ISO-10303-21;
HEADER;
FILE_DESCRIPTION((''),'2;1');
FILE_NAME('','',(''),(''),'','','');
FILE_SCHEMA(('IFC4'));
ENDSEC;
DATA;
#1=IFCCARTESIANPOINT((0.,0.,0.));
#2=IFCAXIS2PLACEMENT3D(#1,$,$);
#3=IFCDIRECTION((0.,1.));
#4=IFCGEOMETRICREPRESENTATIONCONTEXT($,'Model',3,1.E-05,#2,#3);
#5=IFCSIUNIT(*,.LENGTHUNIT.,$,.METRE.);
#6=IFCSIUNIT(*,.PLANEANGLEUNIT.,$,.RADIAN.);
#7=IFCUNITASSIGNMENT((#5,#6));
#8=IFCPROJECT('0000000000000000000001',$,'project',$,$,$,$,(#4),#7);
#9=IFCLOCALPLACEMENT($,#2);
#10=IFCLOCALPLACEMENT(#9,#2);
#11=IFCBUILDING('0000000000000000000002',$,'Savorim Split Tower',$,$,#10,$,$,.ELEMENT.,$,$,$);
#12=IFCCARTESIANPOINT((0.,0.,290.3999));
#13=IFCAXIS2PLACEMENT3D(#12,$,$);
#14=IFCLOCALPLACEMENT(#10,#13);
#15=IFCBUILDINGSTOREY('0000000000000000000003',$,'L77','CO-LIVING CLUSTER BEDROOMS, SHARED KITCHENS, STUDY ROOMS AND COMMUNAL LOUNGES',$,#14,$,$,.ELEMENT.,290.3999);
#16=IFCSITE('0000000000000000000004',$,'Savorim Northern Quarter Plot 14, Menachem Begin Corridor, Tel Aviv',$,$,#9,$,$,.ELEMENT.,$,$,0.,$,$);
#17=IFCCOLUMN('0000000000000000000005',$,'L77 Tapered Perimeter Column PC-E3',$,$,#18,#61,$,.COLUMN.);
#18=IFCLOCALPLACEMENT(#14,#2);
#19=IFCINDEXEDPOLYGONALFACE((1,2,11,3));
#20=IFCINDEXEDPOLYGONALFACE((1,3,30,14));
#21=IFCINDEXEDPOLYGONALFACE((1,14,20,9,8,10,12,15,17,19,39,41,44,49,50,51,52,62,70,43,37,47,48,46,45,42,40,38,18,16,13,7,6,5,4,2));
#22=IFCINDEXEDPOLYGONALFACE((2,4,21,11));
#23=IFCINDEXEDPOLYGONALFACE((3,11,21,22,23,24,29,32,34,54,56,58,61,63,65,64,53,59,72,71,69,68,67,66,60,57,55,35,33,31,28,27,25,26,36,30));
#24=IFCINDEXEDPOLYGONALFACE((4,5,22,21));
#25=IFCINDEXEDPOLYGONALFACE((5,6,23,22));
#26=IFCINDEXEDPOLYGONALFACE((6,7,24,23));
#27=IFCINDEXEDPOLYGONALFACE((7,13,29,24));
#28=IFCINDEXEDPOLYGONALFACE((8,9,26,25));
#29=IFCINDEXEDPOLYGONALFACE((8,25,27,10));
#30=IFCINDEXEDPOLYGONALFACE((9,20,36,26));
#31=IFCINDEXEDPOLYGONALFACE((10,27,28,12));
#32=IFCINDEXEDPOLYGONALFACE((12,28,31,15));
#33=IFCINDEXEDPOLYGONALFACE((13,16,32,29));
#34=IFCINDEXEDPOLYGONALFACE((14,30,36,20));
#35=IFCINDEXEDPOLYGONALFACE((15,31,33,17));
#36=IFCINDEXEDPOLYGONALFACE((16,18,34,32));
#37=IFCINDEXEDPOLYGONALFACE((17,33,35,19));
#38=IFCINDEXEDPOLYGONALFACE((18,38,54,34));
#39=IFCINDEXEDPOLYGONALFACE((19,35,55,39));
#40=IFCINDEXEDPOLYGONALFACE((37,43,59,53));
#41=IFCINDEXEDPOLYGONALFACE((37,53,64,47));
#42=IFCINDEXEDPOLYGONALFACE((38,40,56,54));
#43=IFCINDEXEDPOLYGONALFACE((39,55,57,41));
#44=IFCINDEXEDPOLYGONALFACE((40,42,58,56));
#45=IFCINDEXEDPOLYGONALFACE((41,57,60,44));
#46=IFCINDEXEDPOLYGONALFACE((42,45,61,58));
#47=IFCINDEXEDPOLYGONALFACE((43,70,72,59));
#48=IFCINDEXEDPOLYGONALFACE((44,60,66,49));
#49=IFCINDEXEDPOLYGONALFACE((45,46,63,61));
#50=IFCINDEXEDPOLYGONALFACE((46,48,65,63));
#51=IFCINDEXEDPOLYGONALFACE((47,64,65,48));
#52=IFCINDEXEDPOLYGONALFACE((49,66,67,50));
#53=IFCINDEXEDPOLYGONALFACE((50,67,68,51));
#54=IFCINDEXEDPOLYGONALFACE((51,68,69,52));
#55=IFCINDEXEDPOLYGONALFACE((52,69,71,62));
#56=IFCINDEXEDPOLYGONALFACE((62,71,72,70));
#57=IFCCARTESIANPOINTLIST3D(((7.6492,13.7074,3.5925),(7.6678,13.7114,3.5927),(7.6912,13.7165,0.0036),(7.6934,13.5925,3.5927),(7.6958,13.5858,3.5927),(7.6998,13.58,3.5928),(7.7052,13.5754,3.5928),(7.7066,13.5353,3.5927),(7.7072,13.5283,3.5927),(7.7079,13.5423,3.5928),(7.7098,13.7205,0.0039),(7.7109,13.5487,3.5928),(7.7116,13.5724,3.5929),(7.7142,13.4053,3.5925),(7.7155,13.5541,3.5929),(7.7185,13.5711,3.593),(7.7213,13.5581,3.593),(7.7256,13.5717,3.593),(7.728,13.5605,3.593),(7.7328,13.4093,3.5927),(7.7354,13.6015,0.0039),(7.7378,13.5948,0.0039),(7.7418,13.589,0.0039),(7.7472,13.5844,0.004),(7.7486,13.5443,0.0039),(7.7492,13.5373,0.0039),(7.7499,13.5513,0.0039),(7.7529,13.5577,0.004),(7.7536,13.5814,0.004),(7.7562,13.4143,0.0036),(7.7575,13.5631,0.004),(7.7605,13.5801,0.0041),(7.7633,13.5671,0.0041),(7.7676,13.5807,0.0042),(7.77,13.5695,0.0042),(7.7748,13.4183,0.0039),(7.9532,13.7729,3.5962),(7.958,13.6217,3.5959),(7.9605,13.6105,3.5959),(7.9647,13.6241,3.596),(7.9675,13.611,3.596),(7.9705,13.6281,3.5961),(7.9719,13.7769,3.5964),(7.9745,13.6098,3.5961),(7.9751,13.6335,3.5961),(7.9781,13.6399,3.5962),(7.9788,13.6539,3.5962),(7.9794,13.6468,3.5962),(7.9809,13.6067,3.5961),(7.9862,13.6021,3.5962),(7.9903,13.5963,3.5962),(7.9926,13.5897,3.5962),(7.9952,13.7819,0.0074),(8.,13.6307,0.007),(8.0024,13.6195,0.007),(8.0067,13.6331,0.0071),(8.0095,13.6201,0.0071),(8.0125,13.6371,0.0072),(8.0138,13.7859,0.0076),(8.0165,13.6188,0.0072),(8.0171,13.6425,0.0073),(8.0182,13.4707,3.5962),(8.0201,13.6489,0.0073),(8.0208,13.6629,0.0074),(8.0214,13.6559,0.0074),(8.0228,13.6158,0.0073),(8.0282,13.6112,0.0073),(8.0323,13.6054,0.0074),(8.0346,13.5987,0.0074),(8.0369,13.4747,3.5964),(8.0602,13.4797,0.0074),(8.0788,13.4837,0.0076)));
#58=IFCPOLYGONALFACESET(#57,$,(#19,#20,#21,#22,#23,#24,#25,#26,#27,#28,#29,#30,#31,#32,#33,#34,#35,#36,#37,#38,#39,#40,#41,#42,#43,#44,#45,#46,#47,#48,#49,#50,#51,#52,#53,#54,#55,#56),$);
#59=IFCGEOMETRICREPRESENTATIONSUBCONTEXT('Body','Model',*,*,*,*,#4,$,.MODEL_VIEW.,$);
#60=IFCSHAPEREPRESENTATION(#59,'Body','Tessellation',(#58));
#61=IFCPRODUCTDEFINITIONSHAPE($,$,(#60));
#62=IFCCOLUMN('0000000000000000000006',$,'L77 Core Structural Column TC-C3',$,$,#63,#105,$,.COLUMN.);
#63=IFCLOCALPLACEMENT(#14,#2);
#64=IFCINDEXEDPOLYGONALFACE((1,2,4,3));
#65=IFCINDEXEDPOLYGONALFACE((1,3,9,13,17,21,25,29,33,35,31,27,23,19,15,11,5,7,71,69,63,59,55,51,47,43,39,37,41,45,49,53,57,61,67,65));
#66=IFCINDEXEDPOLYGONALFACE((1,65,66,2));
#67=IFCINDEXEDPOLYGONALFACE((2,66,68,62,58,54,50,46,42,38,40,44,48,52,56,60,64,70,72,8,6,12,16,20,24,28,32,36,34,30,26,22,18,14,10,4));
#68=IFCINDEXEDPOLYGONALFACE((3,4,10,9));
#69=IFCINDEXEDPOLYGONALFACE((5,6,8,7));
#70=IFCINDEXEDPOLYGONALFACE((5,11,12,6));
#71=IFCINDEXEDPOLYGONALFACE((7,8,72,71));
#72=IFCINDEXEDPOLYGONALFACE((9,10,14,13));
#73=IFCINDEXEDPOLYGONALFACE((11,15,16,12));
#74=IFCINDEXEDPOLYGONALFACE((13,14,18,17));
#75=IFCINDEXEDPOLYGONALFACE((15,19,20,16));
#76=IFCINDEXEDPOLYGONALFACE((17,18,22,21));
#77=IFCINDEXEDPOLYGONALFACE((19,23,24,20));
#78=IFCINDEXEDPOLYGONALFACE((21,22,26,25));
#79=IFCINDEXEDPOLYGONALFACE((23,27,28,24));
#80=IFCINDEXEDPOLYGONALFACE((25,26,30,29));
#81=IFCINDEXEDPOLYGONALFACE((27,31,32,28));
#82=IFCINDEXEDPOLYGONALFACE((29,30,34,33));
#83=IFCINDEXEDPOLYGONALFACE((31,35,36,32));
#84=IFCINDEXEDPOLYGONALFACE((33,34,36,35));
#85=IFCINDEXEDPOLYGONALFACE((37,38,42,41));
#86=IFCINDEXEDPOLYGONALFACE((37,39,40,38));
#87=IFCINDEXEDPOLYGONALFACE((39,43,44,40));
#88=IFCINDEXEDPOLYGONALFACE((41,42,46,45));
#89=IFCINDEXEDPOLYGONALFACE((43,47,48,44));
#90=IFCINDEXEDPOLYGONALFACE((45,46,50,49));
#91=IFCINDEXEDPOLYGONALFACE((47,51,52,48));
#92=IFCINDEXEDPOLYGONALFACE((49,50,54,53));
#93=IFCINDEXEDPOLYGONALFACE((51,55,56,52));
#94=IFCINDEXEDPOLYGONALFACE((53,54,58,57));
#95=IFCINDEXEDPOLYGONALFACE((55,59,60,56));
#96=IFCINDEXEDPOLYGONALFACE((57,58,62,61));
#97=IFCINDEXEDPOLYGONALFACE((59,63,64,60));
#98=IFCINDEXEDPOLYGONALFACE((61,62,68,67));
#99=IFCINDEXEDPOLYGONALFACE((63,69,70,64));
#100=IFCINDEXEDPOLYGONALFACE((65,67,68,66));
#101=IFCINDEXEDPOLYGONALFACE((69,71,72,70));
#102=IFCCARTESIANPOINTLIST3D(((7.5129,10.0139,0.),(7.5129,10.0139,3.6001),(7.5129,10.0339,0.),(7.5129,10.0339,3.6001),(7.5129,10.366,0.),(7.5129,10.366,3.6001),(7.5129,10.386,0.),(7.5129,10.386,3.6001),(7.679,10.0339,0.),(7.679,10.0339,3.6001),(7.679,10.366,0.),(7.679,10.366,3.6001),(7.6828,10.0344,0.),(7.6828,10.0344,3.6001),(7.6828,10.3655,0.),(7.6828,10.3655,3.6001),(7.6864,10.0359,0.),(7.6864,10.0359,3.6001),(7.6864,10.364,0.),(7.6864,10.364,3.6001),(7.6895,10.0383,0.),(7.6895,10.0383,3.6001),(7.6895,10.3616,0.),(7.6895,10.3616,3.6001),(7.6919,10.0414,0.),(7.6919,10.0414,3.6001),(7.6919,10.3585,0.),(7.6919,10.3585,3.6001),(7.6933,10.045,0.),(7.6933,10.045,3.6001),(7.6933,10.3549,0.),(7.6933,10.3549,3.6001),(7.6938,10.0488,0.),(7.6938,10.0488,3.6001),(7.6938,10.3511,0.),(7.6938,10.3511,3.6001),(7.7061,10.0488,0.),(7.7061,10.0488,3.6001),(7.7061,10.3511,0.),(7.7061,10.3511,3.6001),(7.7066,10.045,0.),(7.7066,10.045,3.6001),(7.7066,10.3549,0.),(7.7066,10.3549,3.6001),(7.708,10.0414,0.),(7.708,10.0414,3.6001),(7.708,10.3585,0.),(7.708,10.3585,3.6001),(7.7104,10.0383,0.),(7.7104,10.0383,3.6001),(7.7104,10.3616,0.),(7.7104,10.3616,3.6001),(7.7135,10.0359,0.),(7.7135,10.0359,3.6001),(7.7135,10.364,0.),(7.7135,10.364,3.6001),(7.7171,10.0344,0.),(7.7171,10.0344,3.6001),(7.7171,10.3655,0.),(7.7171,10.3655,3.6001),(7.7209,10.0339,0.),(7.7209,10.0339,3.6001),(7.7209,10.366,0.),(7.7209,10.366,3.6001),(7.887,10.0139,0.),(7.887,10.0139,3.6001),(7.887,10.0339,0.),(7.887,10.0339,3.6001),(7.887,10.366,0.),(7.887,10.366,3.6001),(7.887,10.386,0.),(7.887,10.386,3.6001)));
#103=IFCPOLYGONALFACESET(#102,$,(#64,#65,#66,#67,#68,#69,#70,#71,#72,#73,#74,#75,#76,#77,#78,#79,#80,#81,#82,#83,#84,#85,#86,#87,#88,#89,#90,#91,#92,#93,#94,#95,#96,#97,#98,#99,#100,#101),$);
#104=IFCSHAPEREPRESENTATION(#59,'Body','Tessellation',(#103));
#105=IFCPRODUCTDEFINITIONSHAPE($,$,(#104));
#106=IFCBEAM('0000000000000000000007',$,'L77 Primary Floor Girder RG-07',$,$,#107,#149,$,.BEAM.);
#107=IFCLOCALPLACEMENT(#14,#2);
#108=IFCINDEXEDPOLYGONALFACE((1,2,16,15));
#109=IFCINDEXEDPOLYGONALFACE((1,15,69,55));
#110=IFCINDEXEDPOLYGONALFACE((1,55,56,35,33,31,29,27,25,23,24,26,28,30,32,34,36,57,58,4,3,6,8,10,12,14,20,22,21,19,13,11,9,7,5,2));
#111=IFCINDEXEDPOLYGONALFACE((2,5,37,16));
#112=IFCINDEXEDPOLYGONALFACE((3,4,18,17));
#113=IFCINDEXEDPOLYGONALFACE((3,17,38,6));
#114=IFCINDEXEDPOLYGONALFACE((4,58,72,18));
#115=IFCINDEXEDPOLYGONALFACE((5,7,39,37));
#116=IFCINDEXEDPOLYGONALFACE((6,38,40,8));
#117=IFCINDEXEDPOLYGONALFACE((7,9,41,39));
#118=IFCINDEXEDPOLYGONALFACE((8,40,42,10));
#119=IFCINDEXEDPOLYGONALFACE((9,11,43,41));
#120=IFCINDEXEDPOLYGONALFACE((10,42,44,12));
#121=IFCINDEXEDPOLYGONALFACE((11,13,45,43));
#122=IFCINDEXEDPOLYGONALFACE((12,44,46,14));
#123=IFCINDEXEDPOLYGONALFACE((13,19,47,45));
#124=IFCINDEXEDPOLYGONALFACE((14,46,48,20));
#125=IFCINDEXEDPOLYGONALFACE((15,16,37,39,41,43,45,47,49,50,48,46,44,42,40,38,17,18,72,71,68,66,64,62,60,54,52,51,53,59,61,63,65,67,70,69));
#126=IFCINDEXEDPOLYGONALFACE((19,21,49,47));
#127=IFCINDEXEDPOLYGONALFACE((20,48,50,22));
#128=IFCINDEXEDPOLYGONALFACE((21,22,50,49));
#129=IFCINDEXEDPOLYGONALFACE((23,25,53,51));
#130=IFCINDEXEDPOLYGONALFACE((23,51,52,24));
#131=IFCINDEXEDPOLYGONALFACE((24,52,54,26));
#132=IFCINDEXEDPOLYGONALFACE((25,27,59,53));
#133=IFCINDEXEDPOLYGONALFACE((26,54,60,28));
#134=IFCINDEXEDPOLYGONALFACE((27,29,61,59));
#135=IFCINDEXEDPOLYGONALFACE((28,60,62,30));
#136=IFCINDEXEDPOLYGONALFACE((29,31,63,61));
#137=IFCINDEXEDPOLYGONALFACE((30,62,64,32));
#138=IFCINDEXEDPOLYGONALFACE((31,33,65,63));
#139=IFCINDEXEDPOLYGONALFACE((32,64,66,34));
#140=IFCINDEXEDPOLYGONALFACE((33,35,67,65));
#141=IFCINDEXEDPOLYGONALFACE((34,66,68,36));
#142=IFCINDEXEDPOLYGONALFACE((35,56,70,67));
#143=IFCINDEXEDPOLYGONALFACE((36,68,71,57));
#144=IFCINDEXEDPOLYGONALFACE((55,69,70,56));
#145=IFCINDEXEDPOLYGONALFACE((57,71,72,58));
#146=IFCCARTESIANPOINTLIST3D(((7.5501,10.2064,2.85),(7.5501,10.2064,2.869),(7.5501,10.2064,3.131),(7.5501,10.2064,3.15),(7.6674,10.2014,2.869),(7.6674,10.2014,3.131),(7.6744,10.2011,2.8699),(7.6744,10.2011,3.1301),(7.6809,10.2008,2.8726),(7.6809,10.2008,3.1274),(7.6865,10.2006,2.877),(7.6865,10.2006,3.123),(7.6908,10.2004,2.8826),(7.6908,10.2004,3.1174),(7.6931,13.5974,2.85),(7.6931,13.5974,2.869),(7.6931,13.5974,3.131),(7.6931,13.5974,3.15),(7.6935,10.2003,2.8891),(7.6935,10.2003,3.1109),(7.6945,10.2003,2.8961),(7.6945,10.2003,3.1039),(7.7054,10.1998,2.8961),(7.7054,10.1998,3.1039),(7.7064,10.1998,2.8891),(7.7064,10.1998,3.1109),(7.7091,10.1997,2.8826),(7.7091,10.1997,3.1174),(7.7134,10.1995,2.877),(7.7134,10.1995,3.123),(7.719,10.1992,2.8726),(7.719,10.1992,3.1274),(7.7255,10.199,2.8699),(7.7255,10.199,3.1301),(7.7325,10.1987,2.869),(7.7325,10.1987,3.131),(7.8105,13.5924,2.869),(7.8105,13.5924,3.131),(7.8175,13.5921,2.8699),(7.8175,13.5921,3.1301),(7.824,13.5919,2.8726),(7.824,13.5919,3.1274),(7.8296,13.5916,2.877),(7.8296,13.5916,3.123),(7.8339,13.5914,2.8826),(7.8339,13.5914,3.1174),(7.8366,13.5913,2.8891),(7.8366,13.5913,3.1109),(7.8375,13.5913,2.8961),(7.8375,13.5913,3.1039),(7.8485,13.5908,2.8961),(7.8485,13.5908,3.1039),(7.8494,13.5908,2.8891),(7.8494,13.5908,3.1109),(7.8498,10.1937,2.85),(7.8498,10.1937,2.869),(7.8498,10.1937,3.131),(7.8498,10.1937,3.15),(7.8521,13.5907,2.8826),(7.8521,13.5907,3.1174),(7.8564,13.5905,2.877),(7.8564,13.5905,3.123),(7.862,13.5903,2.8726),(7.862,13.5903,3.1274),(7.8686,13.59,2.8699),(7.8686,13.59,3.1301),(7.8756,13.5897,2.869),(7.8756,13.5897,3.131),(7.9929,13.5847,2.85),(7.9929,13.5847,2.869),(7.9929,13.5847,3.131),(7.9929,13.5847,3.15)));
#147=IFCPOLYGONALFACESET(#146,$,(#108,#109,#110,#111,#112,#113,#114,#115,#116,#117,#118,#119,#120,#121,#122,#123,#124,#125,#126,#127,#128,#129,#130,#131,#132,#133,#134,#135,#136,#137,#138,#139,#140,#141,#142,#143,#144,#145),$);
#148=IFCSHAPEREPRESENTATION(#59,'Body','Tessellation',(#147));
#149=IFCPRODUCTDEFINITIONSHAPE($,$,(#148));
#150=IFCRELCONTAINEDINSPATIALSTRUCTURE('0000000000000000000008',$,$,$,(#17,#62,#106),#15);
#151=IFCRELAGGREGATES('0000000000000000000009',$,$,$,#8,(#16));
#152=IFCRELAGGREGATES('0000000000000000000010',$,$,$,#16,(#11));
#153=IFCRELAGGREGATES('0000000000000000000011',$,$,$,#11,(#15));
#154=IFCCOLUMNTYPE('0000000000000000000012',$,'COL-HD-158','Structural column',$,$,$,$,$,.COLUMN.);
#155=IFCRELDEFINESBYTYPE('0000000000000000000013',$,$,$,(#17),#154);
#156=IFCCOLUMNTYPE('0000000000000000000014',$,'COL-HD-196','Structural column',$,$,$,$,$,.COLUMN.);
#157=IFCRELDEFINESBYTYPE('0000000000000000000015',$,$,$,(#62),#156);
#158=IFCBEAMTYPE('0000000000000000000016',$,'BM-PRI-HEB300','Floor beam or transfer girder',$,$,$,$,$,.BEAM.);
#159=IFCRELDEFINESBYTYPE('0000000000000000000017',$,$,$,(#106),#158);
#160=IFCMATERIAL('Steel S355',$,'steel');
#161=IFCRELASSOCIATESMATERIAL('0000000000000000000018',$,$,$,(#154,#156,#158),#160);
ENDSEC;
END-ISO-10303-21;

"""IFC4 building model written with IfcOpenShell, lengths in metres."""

from ifc_helpers import new_model, si_unit, direction, frame, origin, origin_2d, place, context, subcontext, project, spatial, i_section, extrude, material, material_profile, profile_set, type_object, element, save


model = new_model("IFC4")

# Units and contexts
model_context = context("Model", 3, precision=1e-05, world=origin(), true_north=direction((0.0, 1.0)))
body_context = subcontext(model_context, "Body", "Model", "MODEL_VIEW")
ifc_project = project(units=[si_unit("LENGTHUNIT", "METRE"), si_unit("PLANEANGLEUNIT", "RADIAN")], contexts=[model_context])

# Site, building, storey
site_placement = place(None, origin())
site = spatial("IfcSite", under=ifc_project, at=site_placement, Name="Savorim Northern Quarter Plot 14, Menachem Begin Corridor, Tel Aviv", CompositionType="ELEMENT", RefElevation=0.0)
building_placement = place(site_placement, origin())
building = spatial("IfcBuilding", under=site, at=building_placement, Name="Savorim Split Tower", CompositionType="ELEMENT")
storey_placement = place(building_placement, frame((0.0, 0.0, 290.3999)))
storey = spatial("IfcBuildingStorey", under=building, at=storey_placement, Name="L77", Description="CO-LIVING CLUSTER BEDROOMS, SHARED KITCHENS, STUDY ROOMS AND COMMUNAL LOUNGES", CompositionType="ELEMENT", Elevation=290.3999)

# Columns
ifc_material_1 = material(Name="Steel S355", Category="steel")
ifc_material_profile_1 = material_profile(ifc_material_1, i_section(OverallWidth=0.3091, OverallDepth=0.3301, WebThickness=0.0115, FlangeThickness=0.019, FilletRadius=0.0271, at=origin_2d()), Name="HD 320x158")
ifc_profile_set_1 = profile_set([ifc_material_profile_1], Name="Steel S355")
column_type_1 = type_object("IfcColumnType", Name="COL-HD-158", Description="Structural column", PredefinedType="COLUMN", material=ifc_profile_set_1)
column_1_placement = place(storey_placement, frame((7.885, 13.6001, 0.0056), z_axis=(-0.0117, -0.002517, 0.999928), x_axis=(0.210305, -0.977636, 0.0)))
element("IfcColumn", 1, at=column_1_placement, inside=storey, type_object=column_type_1, Name="L77 Tapered Perimeter Column PC-E3", PredefinedType="COLUMN", context=body_context, shape_type="SweptSolid", body=[
    extrude(i_section(OverallWidth=0.3091, OverallDepth=0.3301, WebThickness=0.0115, FlangeThickness=0.019, FilletRadius=0.0271, at=origin_2d()), origin(), (0.0, 0.0, 1.0), 3.5891),
])
ifc_material_profile_2 = material_profile(ifc_material_1, i_section(OverallWidth=0.374, OverallDepth=0.3721, WebThickness=0.0122, FlangeThickness=0.02, FilletRadius=0.0149, at=origin_2d()), Name="HD 360x196")
ifc_profile_set_2 = profile_set([ifc_material_profile_2], Name="Steel S355")
column_type_2 = type_object("IfcColumnType", Name="COL-HD-196", Description="Structural column", PredefinedType="COLUMN", material=ifc_profile_set_2)
column_2_placement = place(storey_placement, frame((7.7, 10.2, 0.0), z_axis=(0.0, 0.0, 1.0), x_axis=(1.0, 0.0, 0.0)))
element("IfcColumn", 2, at=column_2_placement, inside=storey, type_object=column_type_2, Name="L77 Core Structural Column TC-C3", PredefinedType="COLUMN", context=body_context, shape_type="SweptSolid", body=[
    extrude(i_section(OverallWidth=0.374, OverallDepth=0.3721, WebThickness=0.0122, FlangeThickness=0.02, FilletRadius=0.0149, at=origin_2d()), origin(), (0.0, 0.0, 1.0), 3.6001),
])

# Beam
ifc_material_profile_3 = material_profile(ifc_material_1, i_section(OverallWidth=0.3, OverallDepth=0.3, WebThickness=0.011, FlangeThickness=0.019, FilletRadius=0.0271, at=origin_2d()), Name="HEB 300")
ifc_profile_set_3 = profile_set([ifc_material_profile_3], Name="Steel S355")
beam_type_1 = type_object("IfcBeamType", Name="BM-PRI-HEB300", Description="Floor beam or transfer girder", PredefinedType="BEAM", material=ifc_profile_set_3)
beam_1_placement = place(storey_placement, frame((7.843, 13.5911, 3.0), z_axis=(-0.042151, -0.999111, 0.0), x_axis=(0.999111, -0.042151, 0.0)))
element("IfcBeam", 3, at=beam_1_placement, inside=storey, type_object=beam_type_1, Name="L77 Primary Floor Girder RG-07", PredefinedType="BEAM", context=body_context, shape_type="SweptSolid", body=[
    extrude(i_section(OverallWidth=0.3, OverallDepth=0.3, WebThickness=0.011, FlangeThickness=0.019, FilletRadius=0.0271, at=origin_2d()), origin(), (0.0, 0.0, 1.0), 3.394),
])

save(model, "model.ifc")
